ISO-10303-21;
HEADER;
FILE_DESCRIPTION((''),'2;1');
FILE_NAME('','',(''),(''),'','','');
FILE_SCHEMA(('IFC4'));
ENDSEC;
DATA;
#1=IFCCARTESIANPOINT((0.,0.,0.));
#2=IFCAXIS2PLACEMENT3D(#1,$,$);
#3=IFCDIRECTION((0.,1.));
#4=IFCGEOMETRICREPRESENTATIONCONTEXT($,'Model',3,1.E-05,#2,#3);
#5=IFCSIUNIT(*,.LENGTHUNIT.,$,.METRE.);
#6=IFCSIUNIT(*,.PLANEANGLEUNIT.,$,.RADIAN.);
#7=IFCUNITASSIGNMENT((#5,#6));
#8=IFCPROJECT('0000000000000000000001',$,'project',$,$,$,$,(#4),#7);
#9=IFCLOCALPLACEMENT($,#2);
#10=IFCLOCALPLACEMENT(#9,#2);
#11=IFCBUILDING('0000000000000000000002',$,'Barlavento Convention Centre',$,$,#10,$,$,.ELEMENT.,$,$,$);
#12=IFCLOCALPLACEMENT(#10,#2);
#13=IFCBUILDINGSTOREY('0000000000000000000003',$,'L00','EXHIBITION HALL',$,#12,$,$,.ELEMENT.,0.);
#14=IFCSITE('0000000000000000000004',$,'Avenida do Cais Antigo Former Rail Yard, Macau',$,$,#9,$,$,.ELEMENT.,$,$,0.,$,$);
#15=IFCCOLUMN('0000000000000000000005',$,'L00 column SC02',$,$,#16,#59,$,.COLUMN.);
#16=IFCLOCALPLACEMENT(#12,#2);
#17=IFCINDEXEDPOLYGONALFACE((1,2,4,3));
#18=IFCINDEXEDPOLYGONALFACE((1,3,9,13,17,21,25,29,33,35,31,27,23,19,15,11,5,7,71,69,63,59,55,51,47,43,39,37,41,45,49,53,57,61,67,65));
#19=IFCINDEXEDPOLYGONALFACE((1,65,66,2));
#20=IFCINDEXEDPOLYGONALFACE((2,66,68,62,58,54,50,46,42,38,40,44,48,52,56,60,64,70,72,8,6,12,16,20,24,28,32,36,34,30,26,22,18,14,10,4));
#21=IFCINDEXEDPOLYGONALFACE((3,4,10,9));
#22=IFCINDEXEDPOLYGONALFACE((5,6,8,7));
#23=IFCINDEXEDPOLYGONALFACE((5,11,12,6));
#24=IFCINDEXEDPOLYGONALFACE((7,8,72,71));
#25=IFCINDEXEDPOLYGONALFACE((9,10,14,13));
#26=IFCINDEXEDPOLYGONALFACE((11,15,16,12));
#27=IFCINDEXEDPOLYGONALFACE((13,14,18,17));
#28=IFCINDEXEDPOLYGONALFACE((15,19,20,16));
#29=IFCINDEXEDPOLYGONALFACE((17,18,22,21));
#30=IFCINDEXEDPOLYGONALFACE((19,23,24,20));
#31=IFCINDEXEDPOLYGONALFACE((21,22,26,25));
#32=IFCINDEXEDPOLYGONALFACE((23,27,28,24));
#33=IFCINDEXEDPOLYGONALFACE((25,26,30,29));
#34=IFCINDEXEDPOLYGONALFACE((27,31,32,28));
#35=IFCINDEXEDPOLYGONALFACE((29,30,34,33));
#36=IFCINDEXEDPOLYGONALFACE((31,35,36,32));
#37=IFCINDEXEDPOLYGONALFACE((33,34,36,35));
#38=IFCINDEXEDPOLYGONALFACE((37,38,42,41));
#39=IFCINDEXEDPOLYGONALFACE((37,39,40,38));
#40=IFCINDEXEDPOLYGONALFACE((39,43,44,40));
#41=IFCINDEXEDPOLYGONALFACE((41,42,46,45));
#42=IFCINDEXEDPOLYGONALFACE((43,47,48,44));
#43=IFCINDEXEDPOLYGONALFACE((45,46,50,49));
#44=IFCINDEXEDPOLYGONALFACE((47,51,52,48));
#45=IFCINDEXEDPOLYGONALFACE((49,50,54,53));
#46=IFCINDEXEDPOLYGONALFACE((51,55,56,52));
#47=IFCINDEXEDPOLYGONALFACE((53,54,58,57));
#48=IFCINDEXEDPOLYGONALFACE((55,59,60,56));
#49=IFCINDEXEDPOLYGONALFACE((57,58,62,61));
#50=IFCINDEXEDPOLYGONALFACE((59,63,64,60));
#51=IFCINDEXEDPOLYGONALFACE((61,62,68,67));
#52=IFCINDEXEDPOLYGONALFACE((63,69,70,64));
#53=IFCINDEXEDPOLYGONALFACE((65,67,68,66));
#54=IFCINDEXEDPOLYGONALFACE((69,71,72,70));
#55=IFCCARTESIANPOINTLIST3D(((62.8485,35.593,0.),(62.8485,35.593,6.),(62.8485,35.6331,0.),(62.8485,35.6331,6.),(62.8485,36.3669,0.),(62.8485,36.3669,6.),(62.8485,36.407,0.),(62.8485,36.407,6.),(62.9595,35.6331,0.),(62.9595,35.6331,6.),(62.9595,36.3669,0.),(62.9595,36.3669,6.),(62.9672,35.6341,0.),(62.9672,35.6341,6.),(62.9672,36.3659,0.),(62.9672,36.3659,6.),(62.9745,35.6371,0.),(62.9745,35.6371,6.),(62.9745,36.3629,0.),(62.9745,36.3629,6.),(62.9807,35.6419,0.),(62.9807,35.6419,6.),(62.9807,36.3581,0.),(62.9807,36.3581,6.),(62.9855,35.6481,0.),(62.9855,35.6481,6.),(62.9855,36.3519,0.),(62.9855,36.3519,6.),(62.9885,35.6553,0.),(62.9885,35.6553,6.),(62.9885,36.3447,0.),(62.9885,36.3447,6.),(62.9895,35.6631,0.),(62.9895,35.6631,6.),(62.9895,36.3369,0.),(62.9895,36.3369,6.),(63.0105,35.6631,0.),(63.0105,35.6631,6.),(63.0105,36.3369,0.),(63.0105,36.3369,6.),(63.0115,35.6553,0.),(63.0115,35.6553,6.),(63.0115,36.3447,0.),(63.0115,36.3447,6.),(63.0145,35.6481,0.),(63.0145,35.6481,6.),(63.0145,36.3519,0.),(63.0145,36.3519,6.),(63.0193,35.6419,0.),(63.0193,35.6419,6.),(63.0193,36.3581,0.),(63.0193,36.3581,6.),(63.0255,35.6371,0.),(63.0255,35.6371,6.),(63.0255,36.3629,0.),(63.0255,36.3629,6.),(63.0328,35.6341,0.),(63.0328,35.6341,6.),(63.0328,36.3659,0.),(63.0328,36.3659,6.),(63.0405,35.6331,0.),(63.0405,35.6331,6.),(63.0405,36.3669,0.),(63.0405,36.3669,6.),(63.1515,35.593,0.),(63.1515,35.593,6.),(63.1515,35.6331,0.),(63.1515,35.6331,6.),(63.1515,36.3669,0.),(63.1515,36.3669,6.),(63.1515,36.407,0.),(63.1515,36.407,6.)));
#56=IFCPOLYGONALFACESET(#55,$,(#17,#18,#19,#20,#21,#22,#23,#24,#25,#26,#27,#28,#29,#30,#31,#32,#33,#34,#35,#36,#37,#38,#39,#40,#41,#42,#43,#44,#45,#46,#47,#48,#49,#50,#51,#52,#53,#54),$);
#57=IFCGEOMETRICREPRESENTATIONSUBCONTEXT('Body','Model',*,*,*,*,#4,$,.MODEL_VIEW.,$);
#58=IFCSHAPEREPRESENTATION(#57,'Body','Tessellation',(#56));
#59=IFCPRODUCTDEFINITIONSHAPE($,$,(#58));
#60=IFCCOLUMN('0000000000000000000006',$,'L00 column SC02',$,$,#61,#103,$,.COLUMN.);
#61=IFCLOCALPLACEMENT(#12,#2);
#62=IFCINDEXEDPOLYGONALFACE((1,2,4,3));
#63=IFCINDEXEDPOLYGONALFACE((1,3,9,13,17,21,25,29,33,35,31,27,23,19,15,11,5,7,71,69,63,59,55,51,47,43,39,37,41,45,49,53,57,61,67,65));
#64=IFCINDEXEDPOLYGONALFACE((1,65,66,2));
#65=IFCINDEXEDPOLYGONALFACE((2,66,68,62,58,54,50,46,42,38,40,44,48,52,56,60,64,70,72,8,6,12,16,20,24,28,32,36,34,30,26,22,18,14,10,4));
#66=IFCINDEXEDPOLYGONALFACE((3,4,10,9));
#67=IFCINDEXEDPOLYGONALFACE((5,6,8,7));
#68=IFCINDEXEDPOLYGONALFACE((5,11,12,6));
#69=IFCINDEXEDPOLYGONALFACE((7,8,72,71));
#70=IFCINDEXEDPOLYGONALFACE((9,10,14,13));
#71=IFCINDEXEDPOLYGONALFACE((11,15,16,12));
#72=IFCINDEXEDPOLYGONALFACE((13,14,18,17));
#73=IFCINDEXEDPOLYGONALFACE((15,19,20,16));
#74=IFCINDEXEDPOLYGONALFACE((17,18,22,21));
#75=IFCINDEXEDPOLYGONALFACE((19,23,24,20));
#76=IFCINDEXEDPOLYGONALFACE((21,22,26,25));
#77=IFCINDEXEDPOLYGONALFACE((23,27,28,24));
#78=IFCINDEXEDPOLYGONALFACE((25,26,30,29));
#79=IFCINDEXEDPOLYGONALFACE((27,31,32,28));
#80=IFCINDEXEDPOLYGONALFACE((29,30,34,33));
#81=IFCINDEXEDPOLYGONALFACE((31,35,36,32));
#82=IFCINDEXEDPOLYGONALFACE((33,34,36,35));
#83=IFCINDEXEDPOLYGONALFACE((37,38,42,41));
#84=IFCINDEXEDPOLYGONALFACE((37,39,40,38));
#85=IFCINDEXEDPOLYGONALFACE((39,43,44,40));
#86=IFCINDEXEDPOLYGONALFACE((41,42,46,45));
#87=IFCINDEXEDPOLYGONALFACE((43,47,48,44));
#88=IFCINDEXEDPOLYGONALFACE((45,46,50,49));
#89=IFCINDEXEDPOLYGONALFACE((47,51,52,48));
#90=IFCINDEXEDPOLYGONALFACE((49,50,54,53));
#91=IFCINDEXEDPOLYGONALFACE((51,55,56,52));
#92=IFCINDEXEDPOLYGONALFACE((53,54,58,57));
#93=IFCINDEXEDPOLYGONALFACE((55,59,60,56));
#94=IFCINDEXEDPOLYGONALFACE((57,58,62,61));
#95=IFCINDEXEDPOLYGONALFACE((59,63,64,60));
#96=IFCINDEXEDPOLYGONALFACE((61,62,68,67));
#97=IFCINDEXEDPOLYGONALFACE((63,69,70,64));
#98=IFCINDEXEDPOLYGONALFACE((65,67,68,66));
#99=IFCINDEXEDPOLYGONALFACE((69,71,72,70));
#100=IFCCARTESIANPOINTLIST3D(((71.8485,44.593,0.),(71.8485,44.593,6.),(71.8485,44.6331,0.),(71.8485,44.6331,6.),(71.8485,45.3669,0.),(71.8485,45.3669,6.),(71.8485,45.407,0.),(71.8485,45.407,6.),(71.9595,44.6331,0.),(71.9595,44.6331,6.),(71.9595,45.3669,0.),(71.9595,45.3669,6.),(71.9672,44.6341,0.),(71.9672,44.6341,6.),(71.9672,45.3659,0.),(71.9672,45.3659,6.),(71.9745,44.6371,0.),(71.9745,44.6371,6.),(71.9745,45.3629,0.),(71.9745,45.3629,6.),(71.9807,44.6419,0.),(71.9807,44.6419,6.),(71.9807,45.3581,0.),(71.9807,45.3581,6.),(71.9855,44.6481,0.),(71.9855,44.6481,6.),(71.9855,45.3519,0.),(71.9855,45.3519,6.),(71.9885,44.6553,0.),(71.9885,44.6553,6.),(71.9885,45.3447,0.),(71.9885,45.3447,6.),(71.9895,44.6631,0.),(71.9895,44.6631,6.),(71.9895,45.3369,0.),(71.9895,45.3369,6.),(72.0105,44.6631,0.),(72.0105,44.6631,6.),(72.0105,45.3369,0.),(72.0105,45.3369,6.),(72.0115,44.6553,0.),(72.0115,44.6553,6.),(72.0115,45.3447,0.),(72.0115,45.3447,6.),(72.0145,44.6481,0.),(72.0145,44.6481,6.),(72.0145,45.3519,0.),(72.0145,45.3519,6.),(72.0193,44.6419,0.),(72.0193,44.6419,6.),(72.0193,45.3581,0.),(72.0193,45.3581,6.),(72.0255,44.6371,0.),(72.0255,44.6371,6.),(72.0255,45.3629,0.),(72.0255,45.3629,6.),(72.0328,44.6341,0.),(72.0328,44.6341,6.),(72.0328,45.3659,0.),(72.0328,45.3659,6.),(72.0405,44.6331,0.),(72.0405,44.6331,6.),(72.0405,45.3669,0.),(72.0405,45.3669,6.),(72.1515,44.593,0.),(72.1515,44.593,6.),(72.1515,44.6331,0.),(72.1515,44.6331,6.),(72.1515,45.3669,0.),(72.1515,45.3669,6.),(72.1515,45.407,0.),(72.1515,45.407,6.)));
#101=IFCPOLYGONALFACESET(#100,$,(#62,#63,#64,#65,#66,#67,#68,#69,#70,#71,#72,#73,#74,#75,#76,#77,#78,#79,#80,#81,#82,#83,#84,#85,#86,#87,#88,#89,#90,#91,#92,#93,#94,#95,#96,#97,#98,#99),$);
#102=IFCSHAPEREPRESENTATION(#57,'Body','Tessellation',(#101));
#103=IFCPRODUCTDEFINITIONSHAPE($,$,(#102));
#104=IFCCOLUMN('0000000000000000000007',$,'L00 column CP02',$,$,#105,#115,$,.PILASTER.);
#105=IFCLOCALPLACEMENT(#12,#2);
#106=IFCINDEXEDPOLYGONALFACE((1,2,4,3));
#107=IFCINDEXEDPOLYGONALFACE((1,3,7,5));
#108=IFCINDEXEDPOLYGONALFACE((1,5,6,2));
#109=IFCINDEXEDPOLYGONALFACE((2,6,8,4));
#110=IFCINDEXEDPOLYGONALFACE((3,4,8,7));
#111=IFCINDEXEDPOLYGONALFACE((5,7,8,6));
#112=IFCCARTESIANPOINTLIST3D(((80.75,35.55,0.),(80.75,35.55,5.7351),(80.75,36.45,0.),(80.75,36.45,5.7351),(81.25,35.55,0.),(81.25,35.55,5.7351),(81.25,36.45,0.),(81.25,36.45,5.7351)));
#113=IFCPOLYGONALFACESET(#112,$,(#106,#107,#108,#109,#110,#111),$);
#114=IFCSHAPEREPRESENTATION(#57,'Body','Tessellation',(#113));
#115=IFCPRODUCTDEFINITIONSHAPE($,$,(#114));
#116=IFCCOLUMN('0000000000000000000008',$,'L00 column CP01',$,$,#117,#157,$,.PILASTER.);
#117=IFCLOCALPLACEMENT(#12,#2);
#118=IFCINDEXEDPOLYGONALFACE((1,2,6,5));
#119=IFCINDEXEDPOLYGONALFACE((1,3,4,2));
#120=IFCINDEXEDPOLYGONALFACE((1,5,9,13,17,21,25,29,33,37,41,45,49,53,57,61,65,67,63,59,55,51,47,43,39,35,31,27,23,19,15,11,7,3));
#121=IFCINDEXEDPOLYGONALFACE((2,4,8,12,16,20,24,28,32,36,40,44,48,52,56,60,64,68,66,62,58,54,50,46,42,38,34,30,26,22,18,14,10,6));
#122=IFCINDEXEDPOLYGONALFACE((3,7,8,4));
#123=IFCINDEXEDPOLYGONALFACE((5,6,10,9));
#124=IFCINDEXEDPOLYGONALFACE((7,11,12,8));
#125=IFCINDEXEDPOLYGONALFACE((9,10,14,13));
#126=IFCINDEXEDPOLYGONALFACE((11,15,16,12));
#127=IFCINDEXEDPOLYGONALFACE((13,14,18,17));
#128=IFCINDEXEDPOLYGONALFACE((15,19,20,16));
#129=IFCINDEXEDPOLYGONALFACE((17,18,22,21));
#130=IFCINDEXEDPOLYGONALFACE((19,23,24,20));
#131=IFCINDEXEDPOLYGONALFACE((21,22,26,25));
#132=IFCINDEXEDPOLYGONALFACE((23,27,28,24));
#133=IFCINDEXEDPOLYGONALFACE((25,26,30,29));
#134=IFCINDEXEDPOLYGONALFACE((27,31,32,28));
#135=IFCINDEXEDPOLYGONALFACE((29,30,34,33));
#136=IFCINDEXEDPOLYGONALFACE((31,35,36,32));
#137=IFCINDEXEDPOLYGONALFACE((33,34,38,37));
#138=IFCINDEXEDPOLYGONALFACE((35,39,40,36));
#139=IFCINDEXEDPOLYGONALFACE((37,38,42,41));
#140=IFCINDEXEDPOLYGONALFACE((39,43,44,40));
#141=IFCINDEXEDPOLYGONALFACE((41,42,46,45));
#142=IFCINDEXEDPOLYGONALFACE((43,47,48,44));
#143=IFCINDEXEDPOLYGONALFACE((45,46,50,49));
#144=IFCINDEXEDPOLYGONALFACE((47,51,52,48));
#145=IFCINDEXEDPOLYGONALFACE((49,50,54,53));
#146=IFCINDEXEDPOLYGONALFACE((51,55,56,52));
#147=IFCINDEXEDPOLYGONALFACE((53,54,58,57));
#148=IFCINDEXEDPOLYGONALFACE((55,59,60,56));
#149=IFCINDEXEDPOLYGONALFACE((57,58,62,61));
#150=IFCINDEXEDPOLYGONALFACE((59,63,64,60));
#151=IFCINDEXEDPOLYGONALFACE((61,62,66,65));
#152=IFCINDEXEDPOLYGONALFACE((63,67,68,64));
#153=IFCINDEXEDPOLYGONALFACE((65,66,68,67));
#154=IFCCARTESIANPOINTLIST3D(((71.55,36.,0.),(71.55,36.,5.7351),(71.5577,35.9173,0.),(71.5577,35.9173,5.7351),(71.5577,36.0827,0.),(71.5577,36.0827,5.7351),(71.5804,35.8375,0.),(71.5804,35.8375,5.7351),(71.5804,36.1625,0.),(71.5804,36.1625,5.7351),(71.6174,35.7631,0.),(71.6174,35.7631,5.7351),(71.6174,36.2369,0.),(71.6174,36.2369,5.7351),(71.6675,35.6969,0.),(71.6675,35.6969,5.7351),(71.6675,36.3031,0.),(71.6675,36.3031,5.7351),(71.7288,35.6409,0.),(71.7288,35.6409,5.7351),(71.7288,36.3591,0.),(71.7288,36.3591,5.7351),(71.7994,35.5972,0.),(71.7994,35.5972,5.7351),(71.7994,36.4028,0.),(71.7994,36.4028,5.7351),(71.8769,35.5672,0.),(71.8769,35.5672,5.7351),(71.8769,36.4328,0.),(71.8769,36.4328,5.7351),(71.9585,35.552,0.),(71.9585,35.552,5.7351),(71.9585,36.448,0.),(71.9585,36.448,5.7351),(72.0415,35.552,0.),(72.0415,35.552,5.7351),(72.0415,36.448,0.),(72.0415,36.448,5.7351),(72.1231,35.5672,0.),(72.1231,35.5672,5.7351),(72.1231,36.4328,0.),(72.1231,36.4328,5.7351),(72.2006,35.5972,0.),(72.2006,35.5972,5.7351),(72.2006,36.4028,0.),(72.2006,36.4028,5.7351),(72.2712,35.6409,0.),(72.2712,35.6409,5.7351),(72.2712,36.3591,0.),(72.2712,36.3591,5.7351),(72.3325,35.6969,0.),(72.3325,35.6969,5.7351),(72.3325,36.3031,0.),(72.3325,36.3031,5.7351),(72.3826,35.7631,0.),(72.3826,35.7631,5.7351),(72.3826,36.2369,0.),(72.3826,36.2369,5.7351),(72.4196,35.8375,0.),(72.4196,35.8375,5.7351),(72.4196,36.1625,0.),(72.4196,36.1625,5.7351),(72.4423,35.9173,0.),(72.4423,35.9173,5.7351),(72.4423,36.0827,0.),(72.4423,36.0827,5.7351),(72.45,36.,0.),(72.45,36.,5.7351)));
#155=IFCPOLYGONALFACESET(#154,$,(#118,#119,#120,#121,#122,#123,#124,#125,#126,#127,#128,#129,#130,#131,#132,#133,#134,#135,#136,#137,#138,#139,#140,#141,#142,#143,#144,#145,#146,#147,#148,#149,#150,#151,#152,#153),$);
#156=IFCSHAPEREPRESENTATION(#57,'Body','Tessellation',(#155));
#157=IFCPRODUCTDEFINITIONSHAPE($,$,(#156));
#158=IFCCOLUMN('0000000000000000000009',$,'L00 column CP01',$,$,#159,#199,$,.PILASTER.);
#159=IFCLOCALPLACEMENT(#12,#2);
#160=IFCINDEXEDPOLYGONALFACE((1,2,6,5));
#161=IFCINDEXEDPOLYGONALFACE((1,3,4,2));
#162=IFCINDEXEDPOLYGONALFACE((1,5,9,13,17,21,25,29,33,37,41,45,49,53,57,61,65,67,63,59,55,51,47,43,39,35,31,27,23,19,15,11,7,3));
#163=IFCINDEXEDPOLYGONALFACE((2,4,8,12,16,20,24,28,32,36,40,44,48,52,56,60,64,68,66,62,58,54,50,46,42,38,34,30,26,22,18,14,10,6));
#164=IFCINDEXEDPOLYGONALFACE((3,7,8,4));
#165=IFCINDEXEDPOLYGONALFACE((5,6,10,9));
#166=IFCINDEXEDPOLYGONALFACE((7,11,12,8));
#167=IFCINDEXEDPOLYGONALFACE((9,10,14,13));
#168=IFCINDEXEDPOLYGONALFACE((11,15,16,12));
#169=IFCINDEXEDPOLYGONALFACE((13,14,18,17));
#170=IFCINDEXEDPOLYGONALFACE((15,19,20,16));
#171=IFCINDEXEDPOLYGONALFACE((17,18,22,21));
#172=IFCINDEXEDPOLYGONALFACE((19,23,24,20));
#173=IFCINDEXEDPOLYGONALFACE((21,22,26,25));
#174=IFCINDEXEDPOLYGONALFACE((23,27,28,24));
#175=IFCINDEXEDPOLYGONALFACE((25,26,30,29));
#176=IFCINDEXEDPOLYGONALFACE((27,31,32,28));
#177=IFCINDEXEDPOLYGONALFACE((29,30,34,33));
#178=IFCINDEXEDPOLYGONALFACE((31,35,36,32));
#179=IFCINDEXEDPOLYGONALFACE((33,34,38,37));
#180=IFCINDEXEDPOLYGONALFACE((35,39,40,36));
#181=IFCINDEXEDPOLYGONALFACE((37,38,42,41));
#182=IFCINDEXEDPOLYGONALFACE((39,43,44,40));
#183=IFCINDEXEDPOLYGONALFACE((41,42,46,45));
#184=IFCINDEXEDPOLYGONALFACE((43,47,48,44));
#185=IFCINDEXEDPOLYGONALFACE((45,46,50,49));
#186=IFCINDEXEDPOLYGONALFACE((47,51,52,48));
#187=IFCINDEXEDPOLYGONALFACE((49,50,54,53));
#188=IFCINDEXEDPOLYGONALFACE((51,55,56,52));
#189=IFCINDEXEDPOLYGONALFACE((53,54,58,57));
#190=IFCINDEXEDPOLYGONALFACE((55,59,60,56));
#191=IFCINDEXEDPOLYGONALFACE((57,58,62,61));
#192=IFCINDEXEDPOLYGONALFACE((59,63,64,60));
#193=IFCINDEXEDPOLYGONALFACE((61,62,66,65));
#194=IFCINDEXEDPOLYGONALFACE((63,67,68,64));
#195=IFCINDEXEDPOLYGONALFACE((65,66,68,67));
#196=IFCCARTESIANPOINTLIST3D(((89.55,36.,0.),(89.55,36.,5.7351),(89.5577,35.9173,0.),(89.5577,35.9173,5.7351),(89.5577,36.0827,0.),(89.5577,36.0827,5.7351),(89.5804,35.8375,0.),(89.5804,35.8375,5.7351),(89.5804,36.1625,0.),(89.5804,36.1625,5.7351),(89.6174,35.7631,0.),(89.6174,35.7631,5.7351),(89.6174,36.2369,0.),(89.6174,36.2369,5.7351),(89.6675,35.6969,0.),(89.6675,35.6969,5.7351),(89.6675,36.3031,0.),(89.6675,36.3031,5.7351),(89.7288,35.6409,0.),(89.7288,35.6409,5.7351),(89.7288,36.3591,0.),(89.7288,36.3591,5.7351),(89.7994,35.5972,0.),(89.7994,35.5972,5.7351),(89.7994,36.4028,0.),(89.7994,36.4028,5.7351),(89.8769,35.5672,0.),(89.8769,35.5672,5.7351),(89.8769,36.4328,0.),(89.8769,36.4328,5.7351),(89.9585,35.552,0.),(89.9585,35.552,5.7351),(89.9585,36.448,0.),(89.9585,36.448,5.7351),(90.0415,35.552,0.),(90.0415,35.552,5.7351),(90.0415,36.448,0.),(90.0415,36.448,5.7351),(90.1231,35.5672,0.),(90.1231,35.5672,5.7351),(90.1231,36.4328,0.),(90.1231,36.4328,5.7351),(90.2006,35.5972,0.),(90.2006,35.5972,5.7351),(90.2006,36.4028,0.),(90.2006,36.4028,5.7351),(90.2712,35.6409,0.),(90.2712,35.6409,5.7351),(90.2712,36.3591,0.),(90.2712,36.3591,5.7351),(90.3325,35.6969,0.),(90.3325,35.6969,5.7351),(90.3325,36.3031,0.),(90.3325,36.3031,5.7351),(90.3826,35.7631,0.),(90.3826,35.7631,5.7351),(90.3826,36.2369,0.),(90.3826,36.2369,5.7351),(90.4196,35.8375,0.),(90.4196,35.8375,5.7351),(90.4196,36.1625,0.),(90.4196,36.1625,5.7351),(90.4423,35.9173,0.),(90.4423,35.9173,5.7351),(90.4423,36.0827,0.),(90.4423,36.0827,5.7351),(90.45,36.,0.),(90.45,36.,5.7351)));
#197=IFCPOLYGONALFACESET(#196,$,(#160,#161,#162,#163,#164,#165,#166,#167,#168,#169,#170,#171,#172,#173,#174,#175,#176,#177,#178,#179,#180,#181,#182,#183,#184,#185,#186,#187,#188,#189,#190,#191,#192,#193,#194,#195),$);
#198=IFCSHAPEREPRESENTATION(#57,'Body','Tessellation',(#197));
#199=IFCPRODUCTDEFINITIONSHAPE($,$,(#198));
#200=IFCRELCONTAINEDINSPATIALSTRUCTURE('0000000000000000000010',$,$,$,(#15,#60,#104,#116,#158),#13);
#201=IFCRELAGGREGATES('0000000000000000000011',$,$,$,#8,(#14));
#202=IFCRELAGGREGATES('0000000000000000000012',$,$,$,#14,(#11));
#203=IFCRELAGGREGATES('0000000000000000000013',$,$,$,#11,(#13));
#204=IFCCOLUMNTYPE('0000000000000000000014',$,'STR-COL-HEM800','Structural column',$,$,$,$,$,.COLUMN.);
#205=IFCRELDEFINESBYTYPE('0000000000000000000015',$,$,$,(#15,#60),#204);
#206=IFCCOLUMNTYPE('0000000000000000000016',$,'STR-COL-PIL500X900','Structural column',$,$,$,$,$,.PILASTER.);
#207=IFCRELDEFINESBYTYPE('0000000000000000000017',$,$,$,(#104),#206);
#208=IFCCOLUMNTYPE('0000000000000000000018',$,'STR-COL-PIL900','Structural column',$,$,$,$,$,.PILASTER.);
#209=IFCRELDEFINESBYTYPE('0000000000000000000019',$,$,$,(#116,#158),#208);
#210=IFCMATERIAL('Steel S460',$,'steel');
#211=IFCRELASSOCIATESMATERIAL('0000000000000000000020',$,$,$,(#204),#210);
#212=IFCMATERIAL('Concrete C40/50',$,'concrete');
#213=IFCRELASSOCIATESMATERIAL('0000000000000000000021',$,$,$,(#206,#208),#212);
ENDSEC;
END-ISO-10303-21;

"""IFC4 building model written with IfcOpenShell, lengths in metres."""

from ifc_helpers import new_model, si_unit, direction, frame, origin, origin_2d, place, context, subcontext, project, spatial, rectangle, circle, i_section, extrude, material, material_profile, profile_set, type_object, element, save


model = new_model("IFC4")

# Units and contexts
model_context = context("Model", 3, precision=1e-05, world=origin(), true_north=direction((0.0, 1.0)))
body_context = subcontext(model_context, "Body", "Model", "MODEL_VIEW")
ifc_project = project(units=[si_unit("LENGTHUNIT", "METRE"), si_unit("PLANEANGLEUNIT", "RADIAN")], contexts=[model_context])

# Site, building, storey
site_placement = place(None, origin())
site = spatial("IfcSite", under=ifc_project, at=site_placement, Name="Avenida do Cais Antigo Former Rail Yard, Macau", CompositionType="ELEMENT", RefElevation=0.0)
building_placement = place(site_placement, origin())
building = spatial("IfcBuilding", under=site, at=building_placement, Name="Barlavento Convention Centre", CompositionType="ELEMENT")
storey_placement = place(building_placement, origin())
storey = spatial("IfcBuildingStorey", under=building, at=storey_placement, Name="L00", Description="EXHIBITION HALL", CompositionType="ELEMENT", Elevation=0.0)

# Columns
ifc_material_1 = material(Name="Steel S460", Category="steel")
ifc_material_profile_1 = material_profile(ifc_material_1, i_section(OverallWidth=0.303, OverallDepth=0.814, WebThickness=0.021, FlangeThickness=0.04, FilletRadius=0.03, at=origin_2d()), Name="HEM 800")
ifc_profile_set_1 = profile_set([ifc_material_profile_1], Name="Steel S460")
column_type_1 = type_object("IfcColumnType", Name="STR-COL-HEM800", Description="Structural column", PredefinedType="COLUMN", material=ifc_profile_set_1)
for number, where, z_axis, x_axis, name in (
    (1, (63.0, 36.0, 0.0), (0.0, 0.0, 1.0), (1.0, 0.0, 0.0), "L00 column SC02"),
    (2, (72.0, 45.0, 0.0), (0.0, 0.0, 1.0), (1.0, 0.0, 0.0), "L00 column SC02"),
):
    element("IfcColumn", number, at=place(storey_placement, frame(where, z_axis=z_axis, x_axis=x_axis)), inside=storey, type_object=column_type_1, Name=name, PredefinedType="COLUMN", context=body_context, shape_type="SweptSolid", body=[
        extrude(i_section(OverallWidth=0.303, OverallDepth=0.814, WebThickness=0.021, FlangeThickness=0.04, FilletRadius=0.03, at=origin_2d()), origin(), (0.0, 0.0, 1.0), 6.0),
    ])
ifc_material_2 = material(Name="Concrete C40/50", Category="concrete")
ifc_material_profile_2 = material_profile(ifc_material_2, rectangle(XDim=0.5, YDim=0.8999, at=origin_2d()), Name="RC 500x900")
ifc_profile_set_2 = profile_set([ifc_material_profile_2], Name="Concrete C40/50")
column_type_2 = type_object("IfcColumnType", Name="STR-COL-PIL500X900", Description="Structural column", PredefinedType="PILASTER", material=ifc_profile_set_2)
column_1_placement = place(storey_placement, frame((81.0, 36.0, 0.0), z_axis=(0.0, 0.0, 1.0), x_axis=(1.0, 0.0, 0.0)))
element("IfcColumn", 3, at=column_1_placement, inside=storey, type_object=column_type_2, Name="L00 column CP02", PredefinedType="PILASTER", context=body_context, shape_type="SweptSolid", body=[
    extrude(rectangle(XDim=0.5, YDim=0.8999, at=origin_2d()), origin(), (0.0, 0.0, 1.0), 5.7351),
])
ifc_material_profile_3 = material_profile(ifc_material_2, circle(Radius=0.45, at=origin_2d()), Name="RC DIA 900")
ifc_profile_set_3 = profile_set([ifc_material_profile_3], Name="Concrete C40/50")
column_type_3 = type_object("IfcColumnType", Name="STR-COL-PIL900", Description="Structural column", PredefinedType="PILASTER", material=ifc_profile_set_3)
for number, where, z_axis, x_axis, name in (
    (4, (72.0, 36.0, 0.0), (0.0, 0.0, 1.0), (1.0, 0.0, 0.0), "L00 column CP01"),
    (5, (90.0, 36.0, 0.0), (0.0, 0.0, 1.0), (1.0, 0.0, 0.0), "L00 column CP01"),
):
    element("IfcColumn", number, at=place(storey_placement, frame(where, z_axis=z_axis, x_axis=x_axis)), inside=storey, type_object=column_type_3, Name=name, PredefinedType="PILASTER", context=body_context, shape_type="SweptSolid", body=[
        extrude(circle(Radius=0.45, at=origin_2d()), origin(), (0.0, 0.0, 1.0), 5.7351),
    ])

save(model, "model.ifc")
